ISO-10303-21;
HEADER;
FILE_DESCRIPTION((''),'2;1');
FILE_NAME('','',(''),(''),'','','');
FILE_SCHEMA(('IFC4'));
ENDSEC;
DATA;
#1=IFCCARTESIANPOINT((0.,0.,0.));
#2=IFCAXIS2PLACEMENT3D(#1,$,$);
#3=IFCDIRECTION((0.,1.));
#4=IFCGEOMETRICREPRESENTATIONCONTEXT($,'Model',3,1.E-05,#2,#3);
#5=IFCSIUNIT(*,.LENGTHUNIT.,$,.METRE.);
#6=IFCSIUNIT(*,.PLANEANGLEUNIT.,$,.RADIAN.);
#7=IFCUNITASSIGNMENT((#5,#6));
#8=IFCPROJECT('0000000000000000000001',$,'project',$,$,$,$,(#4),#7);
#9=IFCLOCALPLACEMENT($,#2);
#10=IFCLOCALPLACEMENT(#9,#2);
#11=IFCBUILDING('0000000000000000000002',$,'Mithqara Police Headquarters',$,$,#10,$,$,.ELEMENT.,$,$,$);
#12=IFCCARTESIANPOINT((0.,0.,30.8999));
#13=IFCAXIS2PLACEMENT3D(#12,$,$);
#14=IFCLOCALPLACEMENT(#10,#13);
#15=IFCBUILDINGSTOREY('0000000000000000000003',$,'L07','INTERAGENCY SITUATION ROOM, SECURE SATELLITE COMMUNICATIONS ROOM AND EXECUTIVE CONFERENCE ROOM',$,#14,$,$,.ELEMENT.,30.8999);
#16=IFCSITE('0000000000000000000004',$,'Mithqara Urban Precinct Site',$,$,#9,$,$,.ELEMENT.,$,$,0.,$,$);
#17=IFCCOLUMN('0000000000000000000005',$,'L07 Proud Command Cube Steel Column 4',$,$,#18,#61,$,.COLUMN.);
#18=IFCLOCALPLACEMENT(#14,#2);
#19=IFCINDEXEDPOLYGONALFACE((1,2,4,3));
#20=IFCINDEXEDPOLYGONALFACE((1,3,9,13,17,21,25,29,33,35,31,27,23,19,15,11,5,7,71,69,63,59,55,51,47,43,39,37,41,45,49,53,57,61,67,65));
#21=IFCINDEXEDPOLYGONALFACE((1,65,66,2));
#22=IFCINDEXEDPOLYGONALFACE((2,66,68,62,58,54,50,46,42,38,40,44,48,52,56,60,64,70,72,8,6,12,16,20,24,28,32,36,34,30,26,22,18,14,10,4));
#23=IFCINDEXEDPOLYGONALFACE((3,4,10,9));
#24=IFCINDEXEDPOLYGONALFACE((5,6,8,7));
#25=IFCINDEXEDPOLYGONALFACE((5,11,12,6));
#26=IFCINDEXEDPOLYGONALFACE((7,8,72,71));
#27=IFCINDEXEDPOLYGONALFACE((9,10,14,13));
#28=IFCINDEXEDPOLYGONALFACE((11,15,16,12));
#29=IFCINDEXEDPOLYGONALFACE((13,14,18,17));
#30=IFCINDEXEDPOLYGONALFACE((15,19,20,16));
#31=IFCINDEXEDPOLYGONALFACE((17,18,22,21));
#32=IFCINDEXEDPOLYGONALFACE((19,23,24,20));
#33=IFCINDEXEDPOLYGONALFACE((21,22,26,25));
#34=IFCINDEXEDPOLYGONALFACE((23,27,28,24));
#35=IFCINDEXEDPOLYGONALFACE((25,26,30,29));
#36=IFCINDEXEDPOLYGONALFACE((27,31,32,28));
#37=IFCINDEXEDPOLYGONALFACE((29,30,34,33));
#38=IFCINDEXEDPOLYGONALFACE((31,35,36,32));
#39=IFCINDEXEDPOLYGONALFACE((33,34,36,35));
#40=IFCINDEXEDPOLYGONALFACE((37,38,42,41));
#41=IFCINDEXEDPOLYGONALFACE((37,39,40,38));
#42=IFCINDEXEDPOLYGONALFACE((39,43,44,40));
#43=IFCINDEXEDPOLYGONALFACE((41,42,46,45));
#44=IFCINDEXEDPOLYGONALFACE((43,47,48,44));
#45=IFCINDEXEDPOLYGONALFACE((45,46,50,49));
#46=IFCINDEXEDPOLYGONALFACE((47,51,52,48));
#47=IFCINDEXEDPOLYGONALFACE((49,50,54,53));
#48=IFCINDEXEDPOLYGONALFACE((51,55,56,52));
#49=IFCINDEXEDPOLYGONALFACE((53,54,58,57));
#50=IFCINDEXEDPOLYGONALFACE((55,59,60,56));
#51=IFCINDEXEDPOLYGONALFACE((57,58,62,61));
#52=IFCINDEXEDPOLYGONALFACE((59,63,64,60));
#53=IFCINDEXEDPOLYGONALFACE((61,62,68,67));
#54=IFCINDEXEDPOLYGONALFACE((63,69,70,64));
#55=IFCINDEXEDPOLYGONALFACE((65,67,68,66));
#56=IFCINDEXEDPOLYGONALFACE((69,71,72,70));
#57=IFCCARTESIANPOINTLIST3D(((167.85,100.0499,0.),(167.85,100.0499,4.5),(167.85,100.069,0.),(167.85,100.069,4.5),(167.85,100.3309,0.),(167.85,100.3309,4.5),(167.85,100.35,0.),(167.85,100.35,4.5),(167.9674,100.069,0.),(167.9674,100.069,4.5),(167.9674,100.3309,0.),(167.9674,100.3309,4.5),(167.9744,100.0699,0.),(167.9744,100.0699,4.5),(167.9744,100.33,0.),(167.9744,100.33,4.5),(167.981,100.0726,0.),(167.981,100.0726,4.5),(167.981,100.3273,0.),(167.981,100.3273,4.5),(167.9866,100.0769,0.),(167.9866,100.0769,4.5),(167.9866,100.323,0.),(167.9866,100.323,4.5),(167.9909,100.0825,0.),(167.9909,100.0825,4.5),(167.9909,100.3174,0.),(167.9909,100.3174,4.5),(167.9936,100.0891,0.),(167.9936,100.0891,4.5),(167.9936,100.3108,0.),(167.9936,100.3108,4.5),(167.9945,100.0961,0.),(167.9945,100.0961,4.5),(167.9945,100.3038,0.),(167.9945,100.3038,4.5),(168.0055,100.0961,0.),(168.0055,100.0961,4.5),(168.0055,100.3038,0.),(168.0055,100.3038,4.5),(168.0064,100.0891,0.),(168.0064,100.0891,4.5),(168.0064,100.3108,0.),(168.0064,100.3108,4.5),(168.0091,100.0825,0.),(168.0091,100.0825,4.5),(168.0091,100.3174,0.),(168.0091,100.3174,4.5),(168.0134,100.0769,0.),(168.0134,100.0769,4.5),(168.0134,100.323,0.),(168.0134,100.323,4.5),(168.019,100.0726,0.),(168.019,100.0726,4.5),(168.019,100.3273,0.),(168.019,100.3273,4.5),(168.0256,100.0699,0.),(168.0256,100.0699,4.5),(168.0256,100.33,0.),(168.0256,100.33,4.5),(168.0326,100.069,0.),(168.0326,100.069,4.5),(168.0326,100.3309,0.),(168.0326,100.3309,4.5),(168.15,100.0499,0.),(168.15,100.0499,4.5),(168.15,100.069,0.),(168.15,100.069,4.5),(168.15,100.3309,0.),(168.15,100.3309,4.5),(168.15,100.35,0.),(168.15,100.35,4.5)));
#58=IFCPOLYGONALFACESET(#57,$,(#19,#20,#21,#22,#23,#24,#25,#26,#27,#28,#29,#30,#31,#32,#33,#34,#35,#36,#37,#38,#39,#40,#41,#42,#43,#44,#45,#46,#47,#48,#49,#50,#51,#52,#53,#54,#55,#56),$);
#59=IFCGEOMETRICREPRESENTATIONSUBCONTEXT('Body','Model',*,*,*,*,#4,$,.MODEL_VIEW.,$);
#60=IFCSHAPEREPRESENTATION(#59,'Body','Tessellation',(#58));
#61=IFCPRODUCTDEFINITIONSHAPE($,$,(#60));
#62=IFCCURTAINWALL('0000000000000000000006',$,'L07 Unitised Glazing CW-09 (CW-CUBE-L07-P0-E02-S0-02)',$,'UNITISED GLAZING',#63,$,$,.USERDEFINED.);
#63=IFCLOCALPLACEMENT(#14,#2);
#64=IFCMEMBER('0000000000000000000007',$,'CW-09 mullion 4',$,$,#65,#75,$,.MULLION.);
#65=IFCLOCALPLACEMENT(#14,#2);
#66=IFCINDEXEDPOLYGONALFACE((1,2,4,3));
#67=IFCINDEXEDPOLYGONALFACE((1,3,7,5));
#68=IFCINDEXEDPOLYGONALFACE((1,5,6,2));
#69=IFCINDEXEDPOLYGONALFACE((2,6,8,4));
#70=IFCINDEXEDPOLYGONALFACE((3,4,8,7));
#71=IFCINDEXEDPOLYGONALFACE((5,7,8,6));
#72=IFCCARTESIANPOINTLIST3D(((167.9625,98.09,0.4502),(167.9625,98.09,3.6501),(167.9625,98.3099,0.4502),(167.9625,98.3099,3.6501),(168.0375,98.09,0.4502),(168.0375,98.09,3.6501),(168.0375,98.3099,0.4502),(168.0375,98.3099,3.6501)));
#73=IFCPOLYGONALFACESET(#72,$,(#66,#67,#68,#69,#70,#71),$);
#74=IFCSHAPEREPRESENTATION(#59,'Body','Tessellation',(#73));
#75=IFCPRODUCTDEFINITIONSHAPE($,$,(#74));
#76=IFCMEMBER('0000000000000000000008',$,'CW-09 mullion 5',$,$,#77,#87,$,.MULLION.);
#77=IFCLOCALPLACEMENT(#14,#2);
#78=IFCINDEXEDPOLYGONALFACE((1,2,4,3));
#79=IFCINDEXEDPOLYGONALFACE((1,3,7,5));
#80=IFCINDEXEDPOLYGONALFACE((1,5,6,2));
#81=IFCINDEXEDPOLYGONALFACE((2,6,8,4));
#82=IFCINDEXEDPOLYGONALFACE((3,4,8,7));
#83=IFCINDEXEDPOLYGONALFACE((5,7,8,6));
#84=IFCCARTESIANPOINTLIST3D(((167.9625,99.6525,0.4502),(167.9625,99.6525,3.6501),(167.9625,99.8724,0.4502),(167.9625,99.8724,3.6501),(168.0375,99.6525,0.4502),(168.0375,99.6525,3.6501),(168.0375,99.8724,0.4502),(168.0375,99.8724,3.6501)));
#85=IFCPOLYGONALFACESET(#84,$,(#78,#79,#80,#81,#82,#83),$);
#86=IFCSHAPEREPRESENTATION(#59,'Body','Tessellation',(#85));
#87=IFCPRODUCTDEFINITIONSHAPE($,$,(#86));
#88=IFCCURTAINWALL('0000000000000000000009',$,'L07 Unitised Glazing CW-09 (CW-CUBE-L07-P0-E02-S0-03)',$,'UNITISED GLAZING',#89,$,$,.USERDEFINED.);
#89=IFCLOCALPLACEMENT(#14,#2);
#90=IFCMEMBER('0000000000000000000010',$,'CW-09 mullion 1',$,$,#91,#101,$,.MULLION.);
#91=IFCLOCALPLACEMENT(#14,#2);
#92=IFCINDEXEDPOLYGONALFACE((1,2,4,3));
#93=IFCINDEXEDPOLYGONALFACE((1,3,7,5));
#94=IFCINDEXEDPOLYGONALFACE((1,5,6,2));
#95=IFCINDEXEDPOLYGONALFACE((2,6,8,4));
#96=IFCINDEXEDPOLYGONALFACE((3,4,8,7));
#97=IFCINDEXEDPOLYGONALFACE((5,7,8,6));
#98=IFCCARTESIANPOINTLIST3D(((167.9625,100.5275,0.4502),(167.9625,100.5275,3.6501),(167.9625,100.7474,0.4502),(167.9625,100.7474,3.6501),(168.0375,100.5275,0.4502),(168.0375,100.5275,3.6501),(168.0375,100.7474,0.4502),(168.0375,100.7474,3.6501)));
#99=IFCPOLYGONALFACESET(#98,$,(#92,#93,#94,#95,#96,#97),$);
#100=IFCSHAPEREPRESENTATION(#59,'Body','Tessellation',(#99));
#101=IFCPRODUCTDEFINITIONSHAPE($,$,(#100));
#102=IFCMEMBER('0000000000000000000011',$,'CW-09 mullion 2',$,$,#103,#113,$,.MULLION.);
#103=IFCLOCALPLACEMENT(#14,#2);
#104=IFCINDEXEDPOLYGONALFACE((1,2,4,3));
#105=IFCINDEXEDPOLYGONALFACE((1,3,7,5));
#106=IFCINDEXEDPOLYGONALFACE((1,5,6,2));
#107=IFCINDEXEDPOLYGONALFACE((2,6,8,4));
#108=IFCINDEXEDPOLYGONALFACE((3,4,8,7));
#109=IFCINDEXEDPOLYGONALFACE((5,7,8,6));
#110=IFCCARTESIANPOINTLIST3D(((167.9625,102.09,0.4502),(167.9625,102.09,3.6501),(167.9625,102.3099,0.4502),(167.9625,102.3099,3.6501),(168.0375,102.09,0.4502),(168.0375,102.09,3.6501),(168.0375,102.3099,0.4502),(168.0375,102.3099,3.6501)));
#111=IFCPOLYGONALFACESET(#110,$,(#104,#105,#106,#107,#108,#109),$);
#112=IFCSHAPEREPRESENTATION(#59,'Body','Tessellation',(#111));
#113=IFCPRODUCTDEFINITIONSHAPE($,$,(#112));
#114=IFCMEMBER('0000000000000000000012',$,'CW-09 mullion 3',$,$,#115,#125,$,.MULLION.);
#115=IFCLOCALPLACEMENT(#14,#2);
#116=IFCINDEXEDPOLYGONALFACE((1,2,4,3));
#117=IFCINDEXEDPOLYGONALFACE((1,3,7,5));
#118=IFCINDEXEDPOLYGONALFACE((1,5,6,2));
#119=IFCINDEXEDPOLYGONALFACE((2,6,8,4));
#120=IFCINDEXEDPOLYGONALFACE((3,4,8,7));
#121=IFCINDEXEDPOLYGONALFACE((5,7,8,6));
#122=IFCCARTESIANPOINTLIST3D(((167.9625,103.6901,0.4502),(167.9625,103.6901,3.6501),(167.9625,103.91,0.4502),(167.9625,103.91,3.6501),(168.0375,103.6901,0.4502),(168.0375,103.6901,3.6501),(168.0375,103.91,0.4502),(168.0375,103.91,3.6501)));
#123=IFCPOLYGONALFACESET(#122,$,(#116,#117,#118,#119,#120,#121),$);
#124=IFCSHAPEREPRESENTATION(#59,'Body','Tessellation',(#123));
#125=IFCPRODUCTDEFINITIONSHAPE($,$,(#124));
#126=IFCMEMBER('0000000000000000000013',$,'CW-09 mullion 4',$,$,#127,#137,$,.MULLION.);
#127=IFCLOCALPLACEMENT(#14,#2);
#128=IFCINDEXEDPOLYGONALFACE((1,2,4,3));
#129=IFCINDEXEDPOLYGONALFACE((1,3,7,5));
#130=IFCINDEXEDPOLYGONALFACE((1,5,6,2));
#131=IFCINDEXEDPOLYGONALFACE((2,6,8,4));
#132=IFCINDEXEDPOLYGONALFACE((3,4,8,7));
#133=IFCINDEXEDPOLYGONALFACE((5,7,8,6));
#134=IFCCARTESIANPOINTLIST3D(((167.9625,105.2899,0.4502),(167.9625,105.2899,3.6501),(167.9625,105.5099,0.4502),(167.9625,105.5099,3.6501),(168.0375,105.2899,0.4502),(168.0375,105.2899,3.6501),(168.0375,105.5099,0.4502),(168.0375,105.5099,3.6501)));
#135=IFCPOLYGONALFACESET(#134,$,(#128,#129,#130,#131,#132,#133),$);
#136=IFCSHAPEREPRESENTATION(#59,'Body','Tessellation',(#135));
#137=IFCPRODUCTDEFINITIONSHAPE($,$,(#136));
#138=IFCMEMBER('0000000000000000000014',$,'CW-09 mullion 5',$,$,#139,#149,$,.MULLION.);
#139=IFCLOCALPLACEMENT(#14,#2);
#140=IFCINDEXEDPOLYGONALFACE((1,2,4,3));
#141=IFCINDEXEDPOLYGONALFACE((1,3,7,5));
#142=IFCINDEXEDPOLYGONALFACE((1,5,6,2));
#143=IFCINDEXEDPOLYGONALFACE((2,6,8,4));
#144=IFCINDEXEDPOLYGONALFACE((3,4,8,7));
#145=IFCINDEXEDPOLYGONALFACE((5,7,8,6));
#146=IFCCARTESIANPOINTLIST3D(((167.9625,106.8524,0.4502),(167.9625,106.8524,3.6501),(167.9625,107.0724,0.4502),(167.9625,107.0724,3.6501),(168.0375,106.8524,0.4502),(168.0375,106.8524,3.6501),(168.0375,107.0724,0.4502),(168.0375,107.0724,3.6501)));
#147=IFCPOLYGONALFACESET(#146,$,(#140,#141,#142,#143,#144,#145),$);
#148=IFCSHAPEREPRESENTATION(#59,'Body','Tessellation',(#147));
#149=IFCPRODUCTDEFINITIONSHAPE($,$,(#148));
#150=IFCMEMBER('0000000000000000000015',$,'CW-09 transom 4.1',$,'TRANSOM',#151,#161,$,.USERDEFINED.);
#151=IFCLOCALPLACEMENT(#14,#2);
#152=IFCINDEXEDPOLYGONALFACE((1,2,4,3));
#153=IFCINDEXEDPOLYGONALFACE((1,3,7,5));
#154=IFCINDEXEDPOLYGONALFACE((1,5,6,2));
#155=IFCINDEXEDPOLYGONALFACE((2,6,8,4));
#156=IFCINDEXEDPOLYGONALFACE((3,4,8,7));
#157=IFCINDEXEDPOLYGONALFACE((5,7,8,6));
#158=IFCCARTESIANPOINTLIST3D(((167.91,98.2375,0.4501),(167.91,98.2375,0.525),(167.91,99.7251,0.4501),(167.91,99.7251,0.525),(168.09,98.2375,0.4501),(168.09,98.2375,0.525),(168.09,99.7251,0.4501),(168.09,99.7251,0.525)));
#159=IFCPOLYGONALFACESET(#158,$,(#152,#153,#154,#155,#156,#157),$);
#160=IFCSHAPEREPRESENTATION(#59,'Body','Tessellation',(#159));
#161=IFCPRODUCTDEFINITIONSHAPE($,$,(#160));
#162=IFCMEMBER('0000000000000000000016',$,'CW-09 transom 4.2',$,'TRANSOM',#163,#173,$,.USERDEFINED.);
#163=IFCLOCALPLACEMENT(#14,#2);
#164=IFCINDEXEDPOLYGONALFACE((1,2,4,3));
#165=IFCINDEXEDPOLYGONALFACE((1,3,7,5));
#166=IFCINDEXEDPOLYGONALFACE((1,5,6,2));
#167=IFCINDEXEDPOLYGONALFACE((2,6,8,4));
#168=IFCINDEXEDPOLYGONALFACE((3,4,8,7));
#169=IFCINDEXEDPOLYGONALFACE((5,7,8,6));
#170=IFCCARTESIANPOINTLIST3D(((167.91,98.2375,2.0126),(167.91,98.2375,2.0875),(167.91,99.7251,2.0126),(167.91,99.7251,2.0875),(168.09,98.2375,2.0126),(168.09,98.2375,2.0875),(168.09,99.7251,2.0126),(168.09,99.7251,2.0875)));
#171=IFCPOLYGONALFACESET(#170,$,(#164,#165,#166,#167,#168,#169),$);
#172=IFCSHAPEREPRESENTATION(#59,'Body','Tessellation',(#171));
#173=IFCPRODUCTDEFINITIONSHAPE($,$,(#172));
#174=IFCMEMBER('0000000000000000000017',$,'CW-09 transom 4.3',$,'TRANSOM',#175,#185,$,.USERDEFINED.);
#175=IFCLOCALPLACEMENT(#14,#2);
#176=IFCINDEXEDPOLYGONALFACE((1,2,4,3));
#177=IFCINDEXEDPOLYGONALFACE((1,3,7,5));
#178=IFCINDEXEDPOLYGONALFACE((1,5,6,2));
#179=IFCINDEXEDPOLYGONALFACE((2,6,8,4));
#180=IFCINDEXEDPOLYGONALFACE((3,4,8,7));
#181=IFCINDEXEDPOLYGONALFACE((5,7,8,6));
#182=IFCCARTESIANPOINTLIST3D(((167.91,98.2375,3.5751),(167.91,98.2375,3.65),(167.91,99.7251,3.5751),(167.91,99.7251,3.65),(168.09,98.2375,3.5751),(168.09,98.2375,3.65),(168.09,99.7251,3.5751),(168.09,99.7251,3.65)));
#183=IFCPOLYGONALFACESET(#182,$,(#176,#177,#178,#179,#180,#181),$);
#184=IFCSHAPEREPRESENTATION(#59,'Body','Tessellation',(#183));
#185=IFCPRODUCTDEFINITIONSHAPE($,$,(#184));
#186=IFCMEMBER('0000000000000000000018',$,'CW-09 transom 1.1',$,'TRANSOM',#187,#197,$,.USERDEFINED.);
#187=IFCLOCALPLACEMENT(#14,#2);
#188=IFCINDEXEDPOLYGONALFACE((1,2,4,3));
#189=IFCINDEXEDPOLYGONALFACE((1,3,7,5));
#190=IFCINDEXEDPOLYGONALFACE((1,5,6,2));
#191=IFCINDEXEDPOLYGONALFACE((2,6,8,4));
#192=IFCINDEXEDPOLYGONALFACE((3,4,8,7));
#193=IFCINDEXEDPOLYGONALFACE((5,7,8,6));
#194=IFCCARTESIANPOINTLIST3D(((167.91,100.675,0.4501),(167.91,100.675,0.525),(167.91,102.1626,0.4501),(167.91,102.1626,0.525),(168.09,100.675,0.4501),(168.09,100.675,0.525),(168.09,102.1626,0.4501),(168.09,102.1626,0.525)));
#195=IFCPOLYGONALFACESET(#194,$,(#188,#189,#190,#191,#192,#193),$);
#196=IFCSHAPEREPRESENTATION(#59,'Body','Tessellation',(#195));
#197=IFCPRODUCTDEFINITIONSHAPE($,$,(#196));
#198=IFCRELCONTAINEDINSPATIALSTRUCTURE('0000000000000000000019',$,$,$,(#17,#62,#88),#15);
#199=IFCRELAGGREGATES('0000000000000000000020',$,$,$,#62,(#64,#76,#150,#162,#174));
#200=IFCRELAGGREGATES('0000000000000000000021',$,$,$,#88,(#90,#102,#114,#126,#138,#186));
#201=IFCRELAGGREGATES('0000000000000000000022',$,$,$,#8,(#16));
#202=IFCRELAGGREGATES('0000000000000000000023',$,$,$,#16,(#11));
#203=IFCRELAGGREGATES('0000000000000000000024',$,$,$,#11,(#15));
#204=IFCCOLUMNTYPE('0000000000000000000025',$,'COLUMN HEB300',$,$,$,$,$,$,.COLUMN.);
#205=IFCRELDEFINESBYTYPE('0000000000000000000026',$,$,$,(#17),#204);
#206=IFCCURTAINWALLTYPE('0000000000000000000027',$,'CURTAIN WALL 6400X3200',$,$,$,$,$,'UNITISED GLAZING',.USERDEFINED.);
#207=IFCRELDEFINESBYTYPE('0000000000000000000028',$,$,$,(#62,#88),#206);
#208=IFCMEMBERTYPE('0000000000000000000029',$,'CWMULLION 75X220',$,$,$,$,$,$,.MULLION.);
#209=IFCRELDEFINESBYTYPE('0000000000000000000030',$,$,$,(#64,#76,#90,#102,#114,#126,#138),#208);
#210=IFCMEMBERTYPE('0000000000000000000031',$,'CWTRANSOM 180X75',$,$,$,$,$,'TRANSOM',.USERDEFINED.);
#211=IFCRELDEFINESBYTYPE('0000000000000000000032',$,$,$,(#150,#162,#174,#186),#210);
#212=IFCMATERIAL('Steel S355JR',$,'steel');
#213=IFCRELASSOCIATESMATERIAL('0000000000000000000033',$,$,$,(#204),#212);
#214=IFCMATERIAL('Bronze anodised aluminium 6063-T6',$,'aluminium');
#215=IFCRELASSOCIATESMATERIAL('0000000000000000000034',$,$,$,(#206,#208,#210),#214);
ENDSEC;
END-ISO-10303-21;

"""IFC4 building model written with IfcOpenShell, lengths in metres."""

from ifc_helpers import new_model, si_unit, direction, frame, origin, origin_2d, place, context, subcontext, project, spatial, rectangle, i_section, extrude, material, material_profile, profile_set, type_object, element, aggregate, save


model = new_model("IFC4")

# Units and contexts
model_context = context("Model", 3, precision=1e-05, world=origin(), true_north=direction((0.0, 1.0)))
body_context = subcontext(model_context, "Body", "Model", "MODEL_VIEW")
ifc_project = project(units=[si_unit("LENGTHUNIT", "METRE"), si_unit("PLANEANGLEUNIT", "RADIAN")], contexts=[model_context])

# Site, building, storey
site_placement = place(None, origin())
site = spatial("IfcSite", under=ifc_project, at=site_placement, Name="Mithqara Urban Precinct Site", CompositionType="ELEMENT", RefElevation=0.0)
building_placement = place(site_placement, origin())
building = spatial("IfcBuilding", under=site, at=building_placement, Name="Mithqara Police Headquarters", CompositionType="ELEMENT")
storey_placement = place(building_placement, frame((0.0, 0.0, 30.8999)))
storey = spatial("IfcBuildingStorey", under=building, at=storey_placement, Name="L07", Description="INTERAGENCY SITUATION ROOM, SECURE SATELLITE COMMUNICATIONS ROOM AND EXECUTIVE CONFERENCE ROOM", CompositionType="ELEMENT", Elevation=30.8999)

# Column
ifc_material_1 = material(Name="Steel S355JR", Category="steel")
ifc_material_profile_1 = material_profile(ifc_material_1, i_section(OverallWidth=0.3, OverallDepth=0.3, WebThickness=0.011, FlangeThickness=0.019, FilletRadius=0.0271, at=origin_2d()), Name="HEB 300")
ifc_profile_set_1 = profile_set([ifc_material_profile_1], Name="Steel S355JR")
column_type = type_object("IfcColumnType", Name="COLUMN HEB300", PredefinedType="COLUMN", material=ifc_profile_set_1)
column_placement = place(storey_placement, frame((168.0, 100.2, 0.0), z_axis=(0.0, 0.0, 1.0), x_axis=(1.0, 0.0, 0.0)))
element("IfcColumn", 1, at=column_placement, inside=storey, type_object=column_type, Name="L07 Proud Command Cube Steel Column 4", PredefinedType="COLUMN", context=body_context, shape_type="SweptSolid", body=[
    extrude(i_section(OverallWidth=0.3, OverallDepth=0.3, WebThickness=0.011, FlangeThickness=0.019, FilletRadius=0.0271, at=origin_2d()), origin(), (0.0, 0.0, 1.0), 4.5),
])

# Curtain walls, members
ifc_material_2 = material(Name="Bronze anodised aluminium 6063-T6", Category="aluminium")
curtain_wall_type = type_object("IfcCurtainWallType", Name="CURTAIN WALL 6400X3200", ElementType="UNITISED GLAZING", PredefinedType="USERDEFINED", material=ifc_material_2)
curtain_wall_1_placement = place(storey_placement, origin())
curtain_wall_1 = element("IfcCurtainWall", 2, at=curtain_wall_1_placement, inside=storey, type_object=curtain_wall_type, Name="L07 Unitised Glazing CW-09 (CW-CUBE-L07-P0-E02-S0-02)", ObjectType="UNITISED GLAZING", PredefinedType="USERDEFINED")
ifc_material_profile_2 = material_profile(ifc_material_2, rectangle(XDim=0.075, YDim=0.22, at=origin_2d()), Name="CWM 75x220")
ifc_profile_set_2 = profile_set([ifc_material_profile_2], Name="Bronze anodised aluminium 6063-T6")
member_type_1 = type_object("IfcMemberType", Name="CWMULLION 75X220", PredefinedType="MULLION", material=ifc_profile_set_2)
member_1_placement = place(storey_placement, frame((168.0, 98.2, 0.4502), z_axis=(0.0, 0.0, 1.0), x_axis=(-1.0, 0.0, 0.0)))
member_1 = element("IfcMember", 3, at=member_1_placement, type_object=member_type_1, Name="CW-09 mullion 4", PredefinedType="MULLION", context=body_context, shape_type="SweptSolid", body=[
    extrude(rectangle(XDim=0.075, YDim=0.22, at=origin_2d()), origin(), (0.0, 0.0, 1.0), 3.2),
])
member_2_placement = place(storey_placement, frame((168.0, 99.7625, 0.4502), z_axis=(0.0, 0.0, 1.0), x_axis=(-1.0, 0.0, 0.0)))
member_2 = element("IfcMember", 4, at=member_2_placement, type_object=member_type_1, Name="CW-09 mullion 5", PredefinedType="MULLION", context=body_context, shape_type="SweptSolid", body=[
    extrude(rectangle(XDim=0.075, YDim=0.22, at=origin_2d()), origin(), (0.0, 0.0, 1.0), 3.2),
])
curtain_wall_2_placement = place(storey_placement, origin())
curtain_wall_2 = element("IfcCurtainWall", 5, at=curtain_wall_2_placement, inside=storey, type_object=curtain_wall_type, Name="L07 Unitised Glazing CW-09 (CW-CUBE-L07-P0-E02-S0-03)", ObjectType="UNITISED GLAZING", PredefinedType="USERDEFINED")
member_3_placement = place(storey_placement, frame((168.0, 100.6375, 0.4502), z_axis=(0.0, 0.0, 1.0), x_axis=(-1.0, 0.0, 0.0)))
member_3 = element("IfcMember", 6, at=member_3_placement, type_object=member_type_1, Name="CW-09 mullion 1", PredefinedType="MULLION", context=body_context, shape_type="SweptSolid", body=[
    extrude(rectangle(XDim=0.075, YDim=0.22, at=origin_2d()), origin(), (0.0, 0.0, 1.0), 3.2),
])
member_4_placement = place(storey_placement, frame((168.0, 102.2, 0.4502), z_axis=(0.0, 0.0, 1.0), x_axis=(-1.0, 0.0, 0.0)))
member_4 = element("IfcMember", 7, at=member_4_placement, type_object=member_type_1, Name="CW-09 mullion 2", PredefinedType="MULLION", context=body_context, shape_type="SweptSolid", body=[
    extrude(rectangle(XDim=0.075, YDim=0.22, at=origin_2d()), origin(), (0.0, 0.0, 1.0), 3.2),
])
member_5_placement = place(storey_placement, frame((168.0, 103.8, 0.4502), z_axis=(0.0, 0.0, 1.0), x_axis=(-1.0, 0.0, 0.0)))
member_5 = element("IfcMember", 8, at=member_5_placement, type_object=member_type_1, Name="CW-09 mullion 3", PredefinedType="MULLION", context=body_context, shape_type="SweptSolid", body=[
    extrude(rectangle(XDim=0.075, YDim=0.22, at=origin_2d()), origin(), (0.0, 0.0, 1.0), 3.2),
])
member_6_placement = place(storey_placement, frame((168.0, 105.3999, 0.4502), z_axis=(0.0, 0.0, 1.0), x_axis=(-1.0, 0.0, 0.0)))
member_6 = element("IfcMember", 9, at=member_6_placement, type_object=member_type_1, Name="CW-09 mullion 4", PredefinedType="MULLION", context=body_context, shape_type="SweptSolid", body=[
    extrude(rectangle(XDim=0.075, YDim=0.22, at=origin_2d()), origin(), (0.0, 0.0, 1.0), 3.2),
])
member_7_placement = place(storey_placement, frame((168.0, 106.9624, 0.4502), z_axis=(0.0, 0.0, 1.0), x_axis=(-1.0, 0.0, 0.0)))
member_7 = element("IfcMember", 10, at=member_7_placement, type_object=member_type_1, Name="CW-09 mullion 5", PredefinedType="MULLION", context=body_context, shape_type="SweptSolid", body=[
    extrude(rectangle(XDim=0.075, YDim=0.22, at=origin_2d()), origin(), (0.0, 0.0, 1.0), 3.2),
])

# Members
ifc_material_profile_3 = material_profile(ifc_material_2, rectangle(XDim=0.1799, YDim=0.075, at=origin_2d()), Name="CWT 180x75")
ifc_profile_set_3 = profile_set([ifc_material_profile_3], Name="Bronze anodised aluminium 6063-T6")
member_type_2 = type_object("IfcMemberType", Name="CWTRANSOM 180X75", ElementType="TRANSOM", PredefinedType="USERDEFINED", material=ifc_profile_set_3)
member_8_placement = place(storey_placement, frame((168.0, 98.2375, 0.4875), z_axis=(0.0, 1.0, 0.0), x_axis=(-1.0, 0.0, 0.0)))
member_8 = element("IfcMember", 11, at=member_8_placement, type_object=member_type_2, Name="CW-09 transom 4.1", ObjectType="TRANSOM", PredefinedType="USERDEFINED", context=body_context, shape_type="SweptSolid", body=[
    extrude(rectangle(XDim=0.1799, YDim=0.075, at=origin_2d()), origin(), (0.0, 0.0, 1.0), 1.4875),
])
member_9_placement = place(storey_placement, frame((168.0, 98.2375, 2.05), z_axis=(0.0, 1.0, 0.0), x_axis=(-1.0, 0.0, 0.0)))
member_9 = element("IfcMember", 12, at=member_9_placement, type_object=member_type_2, Name="CW-09 transom 4.2", ObjectType="TRANSOM", PredefinedType="USERDEFINED", context=body_context, shape_type="SweptSolid", body=[
    extrude(rectangle(XDim=0.1799, YDim=0.075, at=origin_2d()), origin(), (0.0, 0.0, 1.0), 1.4875),
])
member_10_placement = place(storey_placement, frame((168.0, 98.2375, 3.6125), z_axis=(0.0, 1.0, 0.0), x_axis=(-1.0, 0.0, 0.0)))
member_10 = element("IfcMember", 13, at=member_10_placement, type_object=member_type_2, Name="CW-09 transom 4.3", ObjectType="TRANSOM", PredefinedType="USERDEFINED", context=body_context, shape_type="SweptSolid", body=[
    extrude(rectangle(XDim=0.1799, YDim=0.075, at=origin_2d()), origin(), (0.0, 0.0, 1.0), 1.4875),
])
member_11_placement = place(storey_placement, frame((168.0, 100.675, 0.4875), z_axis=(0.0, 1.0, 0.0), x_axis=(-1.0, 0.0, 0.0)))
member_11 = element("IfcMember", 14, at=member_11_placement, type_object=member_type_2, Name="CW-09 transom 1.1", ObjectType="TRANSOM", PredefinedType="USERDEFINED", context=body_context, shape_type="SweptSolid", body=[
    extrude(rectangle(XDim=0.1799, YDim=0.075, at=origin_2d()), origin(), (0.0, 0.0, 1.0), 1.4875),
])

aggregate(curtain_wall_1, [member_1, member_2, member_8, member_9, member_10])
aggregate(curtain_wall_2, [member_3, member_4, member_5, member_6, member_7, member_11])

save(model, "model.ifc")
